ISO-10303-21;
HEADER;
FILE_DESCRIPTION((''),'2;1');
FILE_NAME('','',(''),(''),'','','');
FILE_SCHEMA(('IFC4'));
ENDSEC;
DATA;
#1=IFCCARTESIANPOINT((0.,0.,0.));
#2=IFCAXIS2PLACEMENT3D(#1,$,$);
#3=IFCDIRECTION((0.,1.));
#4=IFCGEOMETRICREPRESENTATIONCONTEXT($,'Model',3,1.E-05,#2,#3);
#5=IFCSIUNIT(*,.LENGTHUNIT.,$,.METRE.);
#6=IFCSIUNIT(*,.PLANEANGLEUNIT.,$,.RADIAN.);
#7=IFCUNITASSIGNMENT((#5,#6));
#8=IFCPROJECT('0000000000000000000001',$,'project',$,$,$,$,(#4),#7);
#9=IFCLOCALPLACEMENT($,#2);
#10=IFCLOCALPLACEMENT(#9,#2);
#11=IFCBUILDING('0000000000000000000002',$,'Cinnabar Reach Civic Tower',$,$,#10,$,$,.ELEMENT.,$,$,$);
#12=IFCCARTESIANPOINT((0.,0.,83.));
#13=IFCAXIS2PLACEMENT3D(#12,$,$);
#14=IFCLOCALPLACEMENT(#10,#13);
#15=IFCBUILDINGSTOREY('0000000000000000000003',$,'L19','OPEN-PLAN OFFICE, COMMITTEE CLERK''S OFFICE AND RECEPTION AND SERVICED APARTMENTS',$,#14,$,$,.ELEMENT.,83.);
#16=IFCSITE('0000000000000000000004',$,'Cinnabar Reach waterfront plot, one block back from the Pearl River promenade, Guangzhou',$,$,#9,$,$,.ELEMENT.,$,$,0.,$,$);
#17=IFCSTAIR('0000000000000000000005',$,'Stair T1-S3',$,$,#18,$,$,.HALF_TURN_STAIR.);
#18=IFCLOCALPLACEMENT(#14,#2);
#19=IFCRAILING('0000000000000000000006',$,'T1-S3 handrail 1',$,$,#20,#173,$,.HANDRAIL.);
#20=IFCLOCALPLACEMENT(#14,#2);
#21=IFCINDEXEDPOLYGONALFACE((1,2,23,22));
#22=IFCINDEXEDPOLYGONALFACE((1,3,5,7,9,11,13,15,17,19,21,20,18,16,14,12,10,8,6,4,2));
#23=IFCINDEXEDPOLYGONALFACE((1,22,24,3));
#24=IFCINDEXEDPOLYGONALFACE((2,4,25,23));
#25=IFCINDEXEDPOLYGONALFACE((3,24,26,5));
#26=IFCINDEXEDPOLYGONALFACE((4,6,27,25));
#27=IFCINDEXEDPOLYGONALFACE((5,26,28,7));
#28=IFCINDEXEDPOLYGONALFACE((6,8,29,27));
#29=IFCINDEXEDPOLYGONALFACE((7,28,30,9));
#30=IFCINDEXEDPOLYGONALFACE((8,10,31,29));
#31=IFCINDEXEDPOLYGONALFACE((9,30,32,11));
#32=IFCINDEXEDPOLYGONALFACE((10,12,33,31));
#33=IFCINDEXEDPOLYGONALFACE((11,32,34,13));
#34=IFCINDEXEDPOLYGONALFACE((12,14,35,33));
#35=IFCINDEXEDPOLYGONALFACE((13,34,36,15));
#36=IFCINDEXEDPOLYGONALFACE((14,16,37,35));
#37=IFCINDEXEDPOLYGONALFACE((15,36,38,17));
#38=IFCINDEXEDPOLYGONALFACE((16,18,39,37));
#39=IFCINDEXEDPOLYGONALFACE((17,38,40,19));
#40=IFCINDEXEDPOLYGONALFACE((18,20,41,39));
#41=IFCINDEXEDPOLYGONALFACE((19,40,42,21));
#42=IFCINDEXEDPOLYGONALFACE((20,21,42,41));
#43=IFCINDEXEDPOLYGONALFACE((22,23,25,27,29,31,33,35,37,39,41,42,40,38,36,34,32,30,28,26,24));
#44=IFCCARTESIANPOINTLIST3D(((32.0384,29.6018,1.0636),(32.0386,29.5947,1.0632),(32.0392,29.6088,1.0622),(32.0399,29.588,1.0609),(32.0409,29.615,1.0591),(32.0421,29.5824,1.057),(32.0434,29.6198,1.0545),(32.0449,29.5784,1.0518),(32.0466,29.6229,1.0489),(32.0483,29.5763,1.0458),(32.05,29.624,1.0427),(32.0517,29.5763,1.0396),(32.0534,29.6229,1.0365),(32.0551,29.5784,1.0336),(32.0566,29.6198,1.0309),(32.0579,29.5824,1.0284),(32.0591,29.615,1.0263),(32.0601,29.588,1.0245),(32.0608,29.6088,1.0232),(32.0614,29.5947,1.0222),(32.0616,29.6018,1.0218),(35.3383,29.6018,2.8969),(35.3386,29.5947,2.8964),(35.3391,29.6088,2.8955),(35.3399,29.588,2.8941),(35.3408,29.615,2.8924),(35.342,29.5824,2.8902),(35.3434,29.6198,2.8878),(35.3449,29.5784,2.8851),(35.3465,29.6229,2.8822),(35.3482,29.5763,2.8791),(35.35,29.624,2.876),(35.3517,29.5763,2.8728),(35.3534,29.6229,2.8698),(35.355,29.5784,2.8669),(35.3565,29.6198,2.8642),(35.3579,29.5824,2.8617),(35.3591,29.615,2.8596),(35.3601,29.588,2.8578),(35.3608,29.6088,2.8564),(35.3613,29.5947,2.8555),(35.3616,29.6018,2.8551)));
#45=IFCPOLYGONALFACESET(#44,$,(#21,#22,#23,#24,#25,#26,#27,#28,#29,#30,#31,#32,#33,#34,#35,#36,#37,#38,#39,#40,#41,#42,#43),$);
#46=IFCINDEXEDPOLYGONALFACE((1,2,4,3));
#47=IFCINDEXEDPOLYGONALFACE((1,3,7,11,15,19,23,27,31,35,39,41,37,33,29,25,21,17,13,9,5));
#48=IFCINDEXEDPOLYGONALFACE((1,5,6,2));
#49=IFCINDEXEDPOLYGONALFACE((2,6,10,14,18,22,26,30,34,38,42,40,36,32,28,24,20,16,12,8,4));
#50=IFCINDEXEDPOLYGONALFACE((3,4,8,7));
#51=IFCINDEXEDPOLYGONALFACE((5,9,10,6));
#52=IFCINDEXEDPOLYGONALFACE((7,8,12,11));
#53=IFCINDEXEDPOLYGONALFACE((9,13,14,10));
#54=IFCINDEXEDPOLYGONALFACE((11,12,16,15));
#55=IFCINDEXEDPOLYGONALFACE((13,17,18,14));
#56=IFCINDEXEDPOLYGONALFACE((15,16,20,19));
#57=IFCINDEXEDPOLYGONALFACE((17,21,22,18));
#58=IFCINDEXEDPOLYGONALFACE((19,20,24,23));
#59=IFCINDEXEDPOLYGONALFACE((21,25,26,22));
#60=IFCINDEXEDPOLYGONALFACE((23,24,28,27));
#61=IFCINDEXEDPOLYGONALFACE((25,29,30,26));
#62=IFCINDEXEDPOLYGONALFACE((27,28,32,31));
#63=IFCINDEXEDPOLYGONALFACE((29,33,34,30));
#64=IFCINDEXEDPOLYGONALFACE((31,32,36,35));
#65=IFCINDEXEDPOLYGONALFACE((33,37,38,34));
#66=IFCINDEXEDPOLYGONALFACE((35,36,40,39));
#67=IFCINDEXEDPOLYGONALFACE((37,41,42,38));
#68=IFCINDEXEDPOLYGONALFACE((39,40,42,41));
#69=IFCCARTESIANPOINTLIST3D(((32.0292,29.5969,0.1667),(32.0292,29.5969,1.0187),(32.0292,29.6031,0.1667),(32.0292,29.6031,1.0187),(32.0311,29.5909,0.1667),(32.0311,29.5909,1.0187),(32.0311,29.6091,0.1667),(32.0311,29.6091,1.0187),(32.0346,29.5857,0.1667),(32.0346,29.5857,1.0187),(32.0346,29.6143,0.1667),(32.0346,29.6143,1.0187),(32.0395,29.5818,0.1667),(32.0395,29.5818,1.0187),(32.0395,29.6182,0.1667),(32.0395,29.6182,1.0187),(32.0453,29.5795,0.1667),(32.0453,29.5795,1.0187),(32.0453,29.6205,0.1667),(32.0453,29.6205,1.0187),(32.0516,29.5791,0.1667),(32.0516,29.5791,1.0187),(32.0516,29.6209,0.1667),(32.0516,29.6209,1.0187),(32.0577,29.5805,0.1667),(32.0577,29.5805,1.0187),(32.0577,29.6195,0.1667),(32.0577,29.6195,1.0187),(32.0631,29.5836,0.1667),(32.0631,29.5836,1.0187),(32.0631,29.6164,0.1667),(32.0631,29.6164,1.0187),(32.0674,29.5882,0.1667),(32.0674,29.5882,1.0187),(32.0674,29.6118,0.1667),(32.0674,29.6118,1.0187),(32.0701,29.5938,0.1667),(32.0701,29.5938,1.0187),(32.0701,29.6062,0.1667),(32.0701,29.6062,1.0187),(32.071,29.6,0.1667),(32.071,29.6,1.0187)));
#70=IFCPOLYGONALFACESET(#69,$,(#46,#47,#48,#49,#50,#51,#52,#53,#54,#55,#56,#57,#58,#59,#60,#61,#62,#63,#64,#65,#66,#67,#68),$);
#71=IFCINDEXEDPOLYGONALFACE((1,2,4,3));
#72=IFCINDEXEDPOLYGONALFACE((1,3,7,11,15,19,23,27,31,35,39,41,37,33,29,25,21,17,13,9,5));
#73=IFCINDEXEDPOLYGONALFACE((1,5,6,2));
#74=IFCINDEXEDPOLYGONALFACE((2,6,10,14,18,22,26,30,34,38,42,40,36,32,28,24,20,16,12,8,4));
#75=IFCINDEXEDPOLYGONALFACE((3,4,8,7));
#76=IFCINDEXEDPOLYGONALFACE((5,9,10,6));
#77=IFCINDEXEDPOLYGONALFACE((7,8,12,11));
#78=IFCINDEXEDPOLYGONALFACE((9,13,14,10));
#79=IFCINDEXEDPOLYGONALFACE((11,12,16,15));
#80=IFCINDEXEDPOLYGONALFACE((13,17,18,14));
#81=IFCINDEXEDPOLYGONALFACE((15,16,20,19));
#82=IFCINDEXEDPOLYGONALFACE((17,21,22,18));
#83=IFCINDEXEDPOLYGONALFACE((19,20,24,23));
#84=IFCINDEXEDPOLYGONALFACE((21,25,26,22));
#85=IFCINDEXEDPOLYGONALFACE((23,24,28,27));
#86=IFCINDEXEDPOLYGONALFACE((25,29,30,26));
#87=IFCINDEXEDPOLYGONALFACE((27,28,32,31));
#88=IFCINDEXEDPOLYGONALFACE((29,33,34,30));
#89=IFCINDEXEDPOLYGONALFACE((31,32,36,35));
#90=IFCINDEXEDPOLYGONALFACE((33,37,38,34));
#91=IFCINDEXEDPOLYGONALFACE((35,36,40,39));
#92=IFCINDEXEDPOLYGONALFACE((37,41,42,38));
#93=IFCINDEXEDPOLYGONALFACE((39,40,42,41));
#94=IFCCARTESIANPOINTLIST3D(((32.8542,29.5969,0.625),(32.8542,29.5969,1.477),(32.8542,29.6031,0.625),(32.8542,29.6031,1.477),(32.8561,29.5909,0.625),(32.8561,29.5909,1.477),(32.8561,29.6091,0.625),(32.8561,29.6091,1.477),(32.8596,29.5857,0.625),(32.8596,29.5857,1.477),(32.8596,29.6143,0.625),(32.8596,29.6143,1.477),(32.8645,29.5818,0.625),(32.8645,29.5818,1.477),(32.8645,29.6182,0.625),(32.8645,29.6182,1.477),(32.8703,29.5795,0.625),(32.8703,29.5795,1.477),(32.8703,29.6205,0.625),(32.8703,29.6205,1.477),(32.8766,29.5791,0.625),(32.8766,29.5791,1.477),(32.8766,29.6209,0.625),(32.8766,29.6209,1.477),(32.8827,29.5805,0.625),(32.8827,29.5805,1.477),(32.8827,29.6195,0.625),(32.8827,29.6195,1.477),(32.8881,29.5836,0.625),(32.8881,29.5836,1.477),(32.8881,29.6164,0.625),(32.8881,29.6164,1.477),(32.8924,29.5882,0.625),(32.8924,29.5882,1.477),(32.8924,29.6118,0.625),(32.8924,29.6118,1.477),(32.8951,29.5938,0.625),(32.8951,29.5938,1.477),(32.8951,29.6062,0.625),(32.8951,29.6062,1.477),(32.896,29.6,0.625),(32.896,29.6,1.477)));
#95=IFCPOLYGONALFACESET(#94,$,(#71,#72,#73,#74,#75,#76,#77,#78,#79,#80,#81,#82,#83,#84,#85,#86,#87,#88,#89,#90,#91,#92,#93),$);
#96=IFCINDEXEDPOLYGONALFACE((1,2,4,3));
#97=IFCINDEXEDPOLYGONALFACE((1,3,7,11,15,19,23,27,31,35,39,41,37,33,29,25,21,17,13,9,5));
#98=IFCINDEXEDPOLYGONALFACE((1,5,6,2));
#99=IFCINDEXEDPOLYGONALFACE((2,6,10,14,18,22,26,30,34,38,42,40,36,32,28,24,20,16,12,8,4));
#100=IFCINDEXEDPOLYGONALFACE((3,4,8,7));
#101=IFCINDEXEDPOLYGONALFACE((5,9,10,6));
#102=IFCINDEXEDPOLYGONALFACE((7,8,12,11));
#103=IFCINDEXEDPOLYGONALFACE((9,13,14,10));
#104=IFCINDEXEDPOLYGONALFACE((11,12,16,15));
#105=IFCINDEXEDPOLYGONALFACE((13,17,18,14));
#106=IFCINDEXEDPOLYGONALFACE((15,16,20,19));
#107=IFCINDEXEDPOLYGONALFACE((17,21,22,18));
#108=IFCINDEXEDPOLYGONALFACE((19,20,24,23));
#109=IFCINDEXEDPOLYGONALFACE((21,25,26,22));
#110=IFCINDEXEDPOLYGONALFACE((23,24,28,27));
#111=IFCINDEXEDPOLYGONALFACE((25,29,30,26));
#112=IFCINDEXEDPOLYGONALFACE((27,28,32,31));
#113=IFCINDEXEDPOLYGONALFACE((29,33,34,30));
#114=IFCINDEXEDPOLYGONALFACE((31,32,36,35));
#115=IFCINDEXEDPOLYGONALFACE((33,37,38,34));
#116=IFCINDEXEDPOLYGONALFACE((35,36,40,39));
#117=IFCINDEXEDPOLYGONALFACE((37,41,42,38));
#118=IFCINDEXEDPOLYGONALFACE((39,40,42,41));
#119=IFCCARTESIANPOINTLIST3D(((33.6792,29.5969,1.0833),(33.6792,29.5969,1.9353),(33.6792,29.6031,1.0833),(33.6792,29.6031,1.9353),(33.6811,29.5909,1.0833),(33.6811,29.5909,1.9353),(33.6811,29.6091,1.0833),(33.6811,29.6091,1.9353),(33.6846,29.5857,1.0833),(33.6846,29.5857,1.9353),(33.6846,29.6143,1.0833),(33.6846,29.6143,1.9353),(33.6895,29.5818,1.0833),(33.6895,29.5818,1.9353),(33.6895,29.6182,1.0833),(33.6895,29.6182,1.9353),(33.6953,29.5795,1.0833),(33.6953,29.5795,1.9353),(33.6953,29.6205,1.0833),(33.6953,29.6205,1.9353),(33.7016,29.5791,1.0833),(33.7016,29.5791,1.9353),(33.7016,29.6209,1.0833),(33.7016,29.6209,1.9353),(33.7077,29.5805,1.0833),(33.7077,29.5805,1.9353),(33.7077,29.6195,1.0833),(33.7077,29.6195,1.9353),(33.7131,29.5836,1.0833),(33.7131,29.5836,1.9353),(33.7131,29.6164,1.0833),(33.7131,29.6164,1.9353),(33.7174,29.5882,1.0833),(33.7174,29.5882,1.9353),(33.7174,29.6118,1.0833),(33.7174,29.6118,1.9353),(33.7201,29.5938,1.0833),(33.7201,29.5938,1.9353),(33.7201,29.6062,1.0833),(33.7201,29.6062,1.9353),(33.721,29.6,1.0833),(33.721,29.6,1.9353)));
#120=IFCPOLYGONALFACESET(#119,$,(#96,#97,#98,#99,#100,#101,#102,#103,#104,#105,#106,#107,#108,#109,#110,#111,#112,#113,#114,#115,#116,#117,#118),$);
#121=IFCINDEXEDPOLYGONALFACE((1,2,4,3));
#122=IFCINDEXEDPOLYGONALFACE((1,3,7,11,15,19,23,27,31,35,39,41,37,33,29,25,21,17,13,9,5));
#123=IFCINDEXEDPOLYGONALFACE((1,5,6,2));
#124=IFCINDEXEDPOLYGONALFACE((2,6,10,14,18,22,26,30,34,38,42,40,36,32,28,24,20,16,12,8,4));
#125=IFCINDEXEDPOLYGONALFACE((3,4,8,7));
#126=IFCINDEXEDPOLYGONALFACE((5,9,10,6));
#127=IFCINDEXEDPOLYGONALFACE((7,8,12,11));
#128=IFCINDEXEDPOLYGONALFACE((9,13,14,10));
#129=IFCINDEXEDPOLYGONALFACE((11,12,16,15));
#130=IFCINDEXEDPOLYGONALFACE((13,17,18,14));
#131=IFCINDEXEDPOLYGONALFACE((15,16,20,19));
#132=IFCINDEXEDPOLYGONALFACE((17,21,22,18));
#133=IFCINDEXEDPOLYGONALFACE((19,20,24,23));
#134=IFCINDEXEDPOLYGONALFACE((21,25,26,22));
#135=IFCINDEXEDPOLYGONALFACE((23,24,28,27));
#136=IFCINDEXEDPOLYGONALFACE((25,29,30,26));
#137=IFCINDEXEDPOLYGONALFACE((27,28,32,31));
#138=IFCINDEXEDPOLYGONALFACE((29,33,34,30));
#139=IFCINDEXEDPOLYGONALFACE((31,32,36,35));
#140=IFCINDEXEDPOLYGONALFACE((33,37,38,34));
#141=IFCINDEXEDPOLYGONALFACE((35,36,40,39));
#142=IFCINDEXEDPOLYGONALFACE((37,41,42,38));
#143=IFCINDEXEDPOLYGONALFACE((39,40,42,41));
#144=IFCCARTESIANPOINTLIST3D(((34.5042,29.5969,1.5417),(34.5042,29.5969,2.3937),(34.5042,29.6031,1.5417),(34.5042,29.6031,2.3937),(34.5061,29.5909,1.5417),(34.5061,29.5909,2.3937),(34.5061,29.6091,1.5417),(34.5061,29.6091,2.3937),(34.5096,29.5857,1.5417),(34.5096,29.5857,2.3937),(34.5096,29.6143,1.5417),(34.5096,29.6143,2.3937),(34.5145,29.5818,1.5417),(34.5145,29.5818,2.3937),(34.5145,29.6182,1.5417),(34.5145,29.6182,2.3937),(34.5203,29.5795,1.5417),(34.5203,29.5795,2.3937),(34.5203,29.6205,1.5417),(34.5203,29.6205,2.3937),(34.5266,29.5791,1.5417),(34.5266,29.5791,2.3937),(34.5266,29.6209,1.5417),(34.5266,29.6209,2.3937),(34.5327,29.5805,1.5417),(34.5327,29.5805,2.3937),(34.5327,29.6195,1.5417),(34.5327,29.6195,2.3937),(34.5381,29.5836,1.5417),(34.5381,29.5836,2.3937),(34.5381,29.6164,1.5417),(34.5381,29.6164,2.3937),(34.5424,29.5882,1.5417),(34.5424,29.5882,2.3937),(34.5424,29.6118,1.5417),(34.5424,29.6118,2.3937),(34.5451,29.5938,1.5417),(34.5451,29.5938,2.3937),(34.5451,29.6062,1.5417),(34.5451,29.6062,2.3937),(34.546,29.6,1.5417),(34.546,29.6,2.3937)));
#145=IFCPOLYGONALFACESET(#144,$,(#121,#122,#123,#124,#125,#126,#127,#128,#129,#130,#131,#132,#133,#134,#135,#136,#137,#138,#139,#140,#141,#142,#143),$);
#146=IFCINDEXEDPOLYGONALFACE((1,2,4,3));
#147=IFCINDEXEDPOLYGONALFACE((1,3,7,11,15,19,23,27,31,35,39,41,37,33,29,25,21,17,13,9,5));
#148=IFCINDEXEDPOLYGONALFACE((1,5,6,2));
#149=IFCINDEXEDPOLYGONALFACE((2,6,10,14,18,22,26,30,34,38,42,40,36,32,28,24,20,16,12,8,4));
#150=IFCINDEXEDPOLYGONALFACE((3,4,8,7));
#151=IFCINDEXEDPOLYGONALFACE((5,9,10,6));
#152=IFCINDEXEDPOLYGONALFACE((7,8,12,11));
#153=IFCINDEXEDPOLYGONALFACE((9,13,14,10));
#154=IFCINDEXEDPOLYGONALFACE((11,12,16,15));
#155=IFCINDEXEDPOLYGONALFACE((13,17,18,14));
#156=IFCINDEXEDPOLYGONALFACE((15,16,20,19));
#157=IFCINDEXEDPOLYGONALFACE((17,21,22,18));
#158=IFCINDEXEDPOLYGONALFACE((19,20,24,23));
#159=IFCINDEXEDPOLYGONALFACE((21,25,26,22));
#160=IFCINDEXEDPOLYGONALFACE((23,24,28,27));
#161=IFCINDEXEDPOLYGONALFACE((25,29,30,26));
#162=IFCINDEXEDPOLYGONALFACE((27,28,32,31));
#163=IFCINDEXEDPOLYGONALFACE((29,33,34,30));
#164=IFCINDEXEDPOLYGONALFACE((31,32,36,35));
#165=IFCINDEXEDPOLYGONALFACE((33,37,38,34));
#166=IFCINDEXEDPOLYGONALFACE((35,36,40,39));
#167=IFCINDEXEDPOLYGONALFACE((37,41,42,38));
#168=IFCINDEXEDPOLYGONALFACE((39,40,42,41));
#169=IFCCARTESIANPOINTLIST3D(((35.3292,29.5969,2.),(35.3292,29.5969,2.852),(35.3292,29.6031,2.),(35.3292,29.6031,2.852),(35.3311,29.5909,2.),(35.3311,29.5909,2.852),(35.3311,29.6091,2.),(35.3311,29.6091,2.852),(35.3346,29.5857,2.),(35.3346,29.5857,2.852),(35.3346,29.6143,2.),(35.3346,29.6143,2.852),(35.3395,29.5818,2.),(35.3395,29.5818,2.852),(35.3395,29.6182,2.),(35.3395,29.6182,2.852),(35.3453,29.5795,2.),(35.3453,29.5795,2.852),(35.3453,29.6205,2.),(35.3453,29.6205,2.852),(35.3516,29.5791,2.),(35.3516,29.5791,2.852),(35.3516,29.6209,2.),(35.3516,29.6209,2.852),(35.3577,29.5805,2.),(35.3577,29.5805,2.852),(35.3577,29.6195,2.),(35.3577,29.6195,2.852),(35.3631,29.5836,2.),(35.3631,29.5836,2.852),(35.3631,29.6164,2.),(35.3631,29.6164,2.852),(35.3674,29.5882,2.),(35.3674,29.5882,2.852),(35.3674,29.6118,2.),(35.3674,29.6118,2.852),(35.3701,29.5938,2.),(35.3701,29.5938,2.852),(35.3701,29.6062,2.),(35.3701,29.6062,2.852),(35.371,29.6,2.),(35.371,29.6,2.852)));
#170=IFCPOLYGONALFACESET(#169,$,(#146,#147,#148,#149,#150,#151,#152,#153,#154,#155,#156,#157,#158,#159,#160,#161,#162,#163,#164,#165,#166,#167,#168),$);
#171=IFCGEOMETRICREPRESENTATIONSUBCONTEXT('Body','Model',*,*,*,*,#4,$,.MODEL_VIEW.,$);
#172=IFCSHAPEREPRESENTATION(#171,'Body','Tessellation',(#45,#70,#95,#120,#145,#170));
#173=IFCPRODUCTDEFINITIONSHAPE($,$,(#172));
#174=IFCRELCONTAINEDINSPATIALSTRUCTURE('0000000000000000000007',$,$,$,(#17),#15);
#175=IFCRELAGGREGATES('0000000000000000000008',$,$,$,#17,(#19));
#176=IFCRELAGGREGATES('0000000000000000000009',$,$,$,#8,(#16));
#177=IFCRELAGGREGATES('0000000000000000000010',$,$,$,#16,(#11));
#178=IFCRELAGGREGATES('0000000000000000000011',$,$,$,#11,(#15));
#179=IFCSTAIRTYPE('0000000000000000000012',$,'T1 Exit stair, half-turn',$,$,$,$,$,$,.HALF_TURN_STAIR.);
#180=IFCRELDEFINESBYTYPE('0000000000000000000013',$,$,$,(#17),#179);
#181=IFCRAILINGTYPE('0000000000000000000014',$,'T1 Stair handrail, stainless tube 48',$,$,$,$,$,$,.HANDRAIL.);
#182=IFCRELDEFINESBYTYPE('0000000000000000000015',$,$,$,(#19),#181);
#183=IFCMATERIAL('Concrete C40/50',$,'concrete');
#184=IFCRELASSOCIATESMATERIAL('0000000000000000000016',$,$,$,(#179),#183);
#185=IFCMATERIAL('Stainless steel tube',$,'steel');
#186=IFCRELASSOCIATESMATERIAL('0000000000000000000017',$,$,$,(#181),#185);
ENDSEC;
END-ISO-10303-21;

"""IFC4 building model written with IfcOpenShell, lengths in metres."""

from ifc_helpers import new_model, si_unit, direction, frame, origin, origin_2d, place, context, subcontext, project, spatial, circle, extrude, material, type_object, element, aggregate, save


model = new_model("IFC4")

# Units and contexts
model_context = context("Model", 3, precision=1e-05, world=origin(), true_north=direction((0.0, 1.0)))
body_context = subcontext(model_context, "Body", "Model", "MODEL_VIEW")
ifc_project = project(units=[si_unit("LENGTHUNIT", "METRE"), si_unit("PLANEANGLEUNIT", "RADIAN")], contexts=[model_context])

# Site, building, storey
site_placement = place(None, origin())
site = spatial("IfcSite", under=ifc_project, at=site_placement, Name="Cinnabar Reach waterfront plot, one block back from the Pearl River promenade, Guangzhou", CompositionType="ELEMENT", RefElevation=0.0)
building_placement = place(site_placement, origin())
building = spatial("IfcBuilding", under=site, at=building_placement, Name="Cinnabar Reach Civic Tower", CompositionType="ELEMENT")
storey_placement = place(building_placement, frame((0.0, 0.0, 83.0)))
storey = spatial("IfcBuildingStorey", under=building, at=storey_placement, Name="L19", Description="OPEN-PLAN OFFICE, COMMITTEE CLERK'S OFFICE AND RECEPTION AND SERVICED APARTMENTS", CompositionType="ELEMENT", Elevation=83.0)

# Stair, railing
ifc_material_1 = material(Name="Concrete C40/50", Category="concrete")
stair_type = type_object("IfcStairType", Name="T1 Exit stair, half-turn", PredefinedType="HALF_TURN_STAIR", material=ifc_material_1)
stair_placement = place(storey_placement, origin())
stair = element("IfcStair", 1, at=stair_placement, inside=storey, type_object=stair_type, Name="Stair T1-S3", PredefinedType="HALF_TURN_STAIR")
ifc_material_2 = material(Name="Stainless steel tube", Category="steel")
railing_type = type_object("IfcRailingType", Name="T1 Stair handrail, stainless tube 48", PredefinedType="HANDRAIL", material=ifc_material_2)
railing_placement = place(storey_placement, frame((32.05, 29.6, 0.1667)))
railing = element("IfcRailing", 2, at=railing_placement, type_object=railing_type, Name="T1-S3 handrail 1", PredefinedType="HANDRAIL", context=body_context, shape_type="SweptSolid", body=[
    extrude(circle(Radius=0.024, at=origin_2d()), frame((0.0, 0.0, 0.876), z_axis=(0.874161, 0.0, 0.485636), x_axis=(0.0, 1.0, 0.0)), (0.0, 0.0, 1.0), 3.775),
    extrude(circle(Radius=0.021, at=origin_2d()), origin(), (0.0, 0.0, 1.0), 0.852),
    extrude(circle(Radius=0.021, at=origin_2d()), frame((0.825, 0.0, 0.4583)), (0.0, 0.0, 1.0), 0.852),
    extrude(circle(Radius=0.021, at=origin_2d()), frame((1.65, 0.0, 0.9166)), (0.0, 0.0, 1.0), 0.852),
    extrude(circle(Radius=0.021, at=origin_2d()), frame((2.475, 0.0, 1.375)), (0.0, 0.0, 1.0), 0.852),
    extrude(circle(Radius=0.021, at=origin_2d()), frame((3.3, 0.0, 1.8333)), (0.0, 0.0, 1.0), 0.852),
])
aggregate(stair, [railing])

save(model, "model.ifc")
